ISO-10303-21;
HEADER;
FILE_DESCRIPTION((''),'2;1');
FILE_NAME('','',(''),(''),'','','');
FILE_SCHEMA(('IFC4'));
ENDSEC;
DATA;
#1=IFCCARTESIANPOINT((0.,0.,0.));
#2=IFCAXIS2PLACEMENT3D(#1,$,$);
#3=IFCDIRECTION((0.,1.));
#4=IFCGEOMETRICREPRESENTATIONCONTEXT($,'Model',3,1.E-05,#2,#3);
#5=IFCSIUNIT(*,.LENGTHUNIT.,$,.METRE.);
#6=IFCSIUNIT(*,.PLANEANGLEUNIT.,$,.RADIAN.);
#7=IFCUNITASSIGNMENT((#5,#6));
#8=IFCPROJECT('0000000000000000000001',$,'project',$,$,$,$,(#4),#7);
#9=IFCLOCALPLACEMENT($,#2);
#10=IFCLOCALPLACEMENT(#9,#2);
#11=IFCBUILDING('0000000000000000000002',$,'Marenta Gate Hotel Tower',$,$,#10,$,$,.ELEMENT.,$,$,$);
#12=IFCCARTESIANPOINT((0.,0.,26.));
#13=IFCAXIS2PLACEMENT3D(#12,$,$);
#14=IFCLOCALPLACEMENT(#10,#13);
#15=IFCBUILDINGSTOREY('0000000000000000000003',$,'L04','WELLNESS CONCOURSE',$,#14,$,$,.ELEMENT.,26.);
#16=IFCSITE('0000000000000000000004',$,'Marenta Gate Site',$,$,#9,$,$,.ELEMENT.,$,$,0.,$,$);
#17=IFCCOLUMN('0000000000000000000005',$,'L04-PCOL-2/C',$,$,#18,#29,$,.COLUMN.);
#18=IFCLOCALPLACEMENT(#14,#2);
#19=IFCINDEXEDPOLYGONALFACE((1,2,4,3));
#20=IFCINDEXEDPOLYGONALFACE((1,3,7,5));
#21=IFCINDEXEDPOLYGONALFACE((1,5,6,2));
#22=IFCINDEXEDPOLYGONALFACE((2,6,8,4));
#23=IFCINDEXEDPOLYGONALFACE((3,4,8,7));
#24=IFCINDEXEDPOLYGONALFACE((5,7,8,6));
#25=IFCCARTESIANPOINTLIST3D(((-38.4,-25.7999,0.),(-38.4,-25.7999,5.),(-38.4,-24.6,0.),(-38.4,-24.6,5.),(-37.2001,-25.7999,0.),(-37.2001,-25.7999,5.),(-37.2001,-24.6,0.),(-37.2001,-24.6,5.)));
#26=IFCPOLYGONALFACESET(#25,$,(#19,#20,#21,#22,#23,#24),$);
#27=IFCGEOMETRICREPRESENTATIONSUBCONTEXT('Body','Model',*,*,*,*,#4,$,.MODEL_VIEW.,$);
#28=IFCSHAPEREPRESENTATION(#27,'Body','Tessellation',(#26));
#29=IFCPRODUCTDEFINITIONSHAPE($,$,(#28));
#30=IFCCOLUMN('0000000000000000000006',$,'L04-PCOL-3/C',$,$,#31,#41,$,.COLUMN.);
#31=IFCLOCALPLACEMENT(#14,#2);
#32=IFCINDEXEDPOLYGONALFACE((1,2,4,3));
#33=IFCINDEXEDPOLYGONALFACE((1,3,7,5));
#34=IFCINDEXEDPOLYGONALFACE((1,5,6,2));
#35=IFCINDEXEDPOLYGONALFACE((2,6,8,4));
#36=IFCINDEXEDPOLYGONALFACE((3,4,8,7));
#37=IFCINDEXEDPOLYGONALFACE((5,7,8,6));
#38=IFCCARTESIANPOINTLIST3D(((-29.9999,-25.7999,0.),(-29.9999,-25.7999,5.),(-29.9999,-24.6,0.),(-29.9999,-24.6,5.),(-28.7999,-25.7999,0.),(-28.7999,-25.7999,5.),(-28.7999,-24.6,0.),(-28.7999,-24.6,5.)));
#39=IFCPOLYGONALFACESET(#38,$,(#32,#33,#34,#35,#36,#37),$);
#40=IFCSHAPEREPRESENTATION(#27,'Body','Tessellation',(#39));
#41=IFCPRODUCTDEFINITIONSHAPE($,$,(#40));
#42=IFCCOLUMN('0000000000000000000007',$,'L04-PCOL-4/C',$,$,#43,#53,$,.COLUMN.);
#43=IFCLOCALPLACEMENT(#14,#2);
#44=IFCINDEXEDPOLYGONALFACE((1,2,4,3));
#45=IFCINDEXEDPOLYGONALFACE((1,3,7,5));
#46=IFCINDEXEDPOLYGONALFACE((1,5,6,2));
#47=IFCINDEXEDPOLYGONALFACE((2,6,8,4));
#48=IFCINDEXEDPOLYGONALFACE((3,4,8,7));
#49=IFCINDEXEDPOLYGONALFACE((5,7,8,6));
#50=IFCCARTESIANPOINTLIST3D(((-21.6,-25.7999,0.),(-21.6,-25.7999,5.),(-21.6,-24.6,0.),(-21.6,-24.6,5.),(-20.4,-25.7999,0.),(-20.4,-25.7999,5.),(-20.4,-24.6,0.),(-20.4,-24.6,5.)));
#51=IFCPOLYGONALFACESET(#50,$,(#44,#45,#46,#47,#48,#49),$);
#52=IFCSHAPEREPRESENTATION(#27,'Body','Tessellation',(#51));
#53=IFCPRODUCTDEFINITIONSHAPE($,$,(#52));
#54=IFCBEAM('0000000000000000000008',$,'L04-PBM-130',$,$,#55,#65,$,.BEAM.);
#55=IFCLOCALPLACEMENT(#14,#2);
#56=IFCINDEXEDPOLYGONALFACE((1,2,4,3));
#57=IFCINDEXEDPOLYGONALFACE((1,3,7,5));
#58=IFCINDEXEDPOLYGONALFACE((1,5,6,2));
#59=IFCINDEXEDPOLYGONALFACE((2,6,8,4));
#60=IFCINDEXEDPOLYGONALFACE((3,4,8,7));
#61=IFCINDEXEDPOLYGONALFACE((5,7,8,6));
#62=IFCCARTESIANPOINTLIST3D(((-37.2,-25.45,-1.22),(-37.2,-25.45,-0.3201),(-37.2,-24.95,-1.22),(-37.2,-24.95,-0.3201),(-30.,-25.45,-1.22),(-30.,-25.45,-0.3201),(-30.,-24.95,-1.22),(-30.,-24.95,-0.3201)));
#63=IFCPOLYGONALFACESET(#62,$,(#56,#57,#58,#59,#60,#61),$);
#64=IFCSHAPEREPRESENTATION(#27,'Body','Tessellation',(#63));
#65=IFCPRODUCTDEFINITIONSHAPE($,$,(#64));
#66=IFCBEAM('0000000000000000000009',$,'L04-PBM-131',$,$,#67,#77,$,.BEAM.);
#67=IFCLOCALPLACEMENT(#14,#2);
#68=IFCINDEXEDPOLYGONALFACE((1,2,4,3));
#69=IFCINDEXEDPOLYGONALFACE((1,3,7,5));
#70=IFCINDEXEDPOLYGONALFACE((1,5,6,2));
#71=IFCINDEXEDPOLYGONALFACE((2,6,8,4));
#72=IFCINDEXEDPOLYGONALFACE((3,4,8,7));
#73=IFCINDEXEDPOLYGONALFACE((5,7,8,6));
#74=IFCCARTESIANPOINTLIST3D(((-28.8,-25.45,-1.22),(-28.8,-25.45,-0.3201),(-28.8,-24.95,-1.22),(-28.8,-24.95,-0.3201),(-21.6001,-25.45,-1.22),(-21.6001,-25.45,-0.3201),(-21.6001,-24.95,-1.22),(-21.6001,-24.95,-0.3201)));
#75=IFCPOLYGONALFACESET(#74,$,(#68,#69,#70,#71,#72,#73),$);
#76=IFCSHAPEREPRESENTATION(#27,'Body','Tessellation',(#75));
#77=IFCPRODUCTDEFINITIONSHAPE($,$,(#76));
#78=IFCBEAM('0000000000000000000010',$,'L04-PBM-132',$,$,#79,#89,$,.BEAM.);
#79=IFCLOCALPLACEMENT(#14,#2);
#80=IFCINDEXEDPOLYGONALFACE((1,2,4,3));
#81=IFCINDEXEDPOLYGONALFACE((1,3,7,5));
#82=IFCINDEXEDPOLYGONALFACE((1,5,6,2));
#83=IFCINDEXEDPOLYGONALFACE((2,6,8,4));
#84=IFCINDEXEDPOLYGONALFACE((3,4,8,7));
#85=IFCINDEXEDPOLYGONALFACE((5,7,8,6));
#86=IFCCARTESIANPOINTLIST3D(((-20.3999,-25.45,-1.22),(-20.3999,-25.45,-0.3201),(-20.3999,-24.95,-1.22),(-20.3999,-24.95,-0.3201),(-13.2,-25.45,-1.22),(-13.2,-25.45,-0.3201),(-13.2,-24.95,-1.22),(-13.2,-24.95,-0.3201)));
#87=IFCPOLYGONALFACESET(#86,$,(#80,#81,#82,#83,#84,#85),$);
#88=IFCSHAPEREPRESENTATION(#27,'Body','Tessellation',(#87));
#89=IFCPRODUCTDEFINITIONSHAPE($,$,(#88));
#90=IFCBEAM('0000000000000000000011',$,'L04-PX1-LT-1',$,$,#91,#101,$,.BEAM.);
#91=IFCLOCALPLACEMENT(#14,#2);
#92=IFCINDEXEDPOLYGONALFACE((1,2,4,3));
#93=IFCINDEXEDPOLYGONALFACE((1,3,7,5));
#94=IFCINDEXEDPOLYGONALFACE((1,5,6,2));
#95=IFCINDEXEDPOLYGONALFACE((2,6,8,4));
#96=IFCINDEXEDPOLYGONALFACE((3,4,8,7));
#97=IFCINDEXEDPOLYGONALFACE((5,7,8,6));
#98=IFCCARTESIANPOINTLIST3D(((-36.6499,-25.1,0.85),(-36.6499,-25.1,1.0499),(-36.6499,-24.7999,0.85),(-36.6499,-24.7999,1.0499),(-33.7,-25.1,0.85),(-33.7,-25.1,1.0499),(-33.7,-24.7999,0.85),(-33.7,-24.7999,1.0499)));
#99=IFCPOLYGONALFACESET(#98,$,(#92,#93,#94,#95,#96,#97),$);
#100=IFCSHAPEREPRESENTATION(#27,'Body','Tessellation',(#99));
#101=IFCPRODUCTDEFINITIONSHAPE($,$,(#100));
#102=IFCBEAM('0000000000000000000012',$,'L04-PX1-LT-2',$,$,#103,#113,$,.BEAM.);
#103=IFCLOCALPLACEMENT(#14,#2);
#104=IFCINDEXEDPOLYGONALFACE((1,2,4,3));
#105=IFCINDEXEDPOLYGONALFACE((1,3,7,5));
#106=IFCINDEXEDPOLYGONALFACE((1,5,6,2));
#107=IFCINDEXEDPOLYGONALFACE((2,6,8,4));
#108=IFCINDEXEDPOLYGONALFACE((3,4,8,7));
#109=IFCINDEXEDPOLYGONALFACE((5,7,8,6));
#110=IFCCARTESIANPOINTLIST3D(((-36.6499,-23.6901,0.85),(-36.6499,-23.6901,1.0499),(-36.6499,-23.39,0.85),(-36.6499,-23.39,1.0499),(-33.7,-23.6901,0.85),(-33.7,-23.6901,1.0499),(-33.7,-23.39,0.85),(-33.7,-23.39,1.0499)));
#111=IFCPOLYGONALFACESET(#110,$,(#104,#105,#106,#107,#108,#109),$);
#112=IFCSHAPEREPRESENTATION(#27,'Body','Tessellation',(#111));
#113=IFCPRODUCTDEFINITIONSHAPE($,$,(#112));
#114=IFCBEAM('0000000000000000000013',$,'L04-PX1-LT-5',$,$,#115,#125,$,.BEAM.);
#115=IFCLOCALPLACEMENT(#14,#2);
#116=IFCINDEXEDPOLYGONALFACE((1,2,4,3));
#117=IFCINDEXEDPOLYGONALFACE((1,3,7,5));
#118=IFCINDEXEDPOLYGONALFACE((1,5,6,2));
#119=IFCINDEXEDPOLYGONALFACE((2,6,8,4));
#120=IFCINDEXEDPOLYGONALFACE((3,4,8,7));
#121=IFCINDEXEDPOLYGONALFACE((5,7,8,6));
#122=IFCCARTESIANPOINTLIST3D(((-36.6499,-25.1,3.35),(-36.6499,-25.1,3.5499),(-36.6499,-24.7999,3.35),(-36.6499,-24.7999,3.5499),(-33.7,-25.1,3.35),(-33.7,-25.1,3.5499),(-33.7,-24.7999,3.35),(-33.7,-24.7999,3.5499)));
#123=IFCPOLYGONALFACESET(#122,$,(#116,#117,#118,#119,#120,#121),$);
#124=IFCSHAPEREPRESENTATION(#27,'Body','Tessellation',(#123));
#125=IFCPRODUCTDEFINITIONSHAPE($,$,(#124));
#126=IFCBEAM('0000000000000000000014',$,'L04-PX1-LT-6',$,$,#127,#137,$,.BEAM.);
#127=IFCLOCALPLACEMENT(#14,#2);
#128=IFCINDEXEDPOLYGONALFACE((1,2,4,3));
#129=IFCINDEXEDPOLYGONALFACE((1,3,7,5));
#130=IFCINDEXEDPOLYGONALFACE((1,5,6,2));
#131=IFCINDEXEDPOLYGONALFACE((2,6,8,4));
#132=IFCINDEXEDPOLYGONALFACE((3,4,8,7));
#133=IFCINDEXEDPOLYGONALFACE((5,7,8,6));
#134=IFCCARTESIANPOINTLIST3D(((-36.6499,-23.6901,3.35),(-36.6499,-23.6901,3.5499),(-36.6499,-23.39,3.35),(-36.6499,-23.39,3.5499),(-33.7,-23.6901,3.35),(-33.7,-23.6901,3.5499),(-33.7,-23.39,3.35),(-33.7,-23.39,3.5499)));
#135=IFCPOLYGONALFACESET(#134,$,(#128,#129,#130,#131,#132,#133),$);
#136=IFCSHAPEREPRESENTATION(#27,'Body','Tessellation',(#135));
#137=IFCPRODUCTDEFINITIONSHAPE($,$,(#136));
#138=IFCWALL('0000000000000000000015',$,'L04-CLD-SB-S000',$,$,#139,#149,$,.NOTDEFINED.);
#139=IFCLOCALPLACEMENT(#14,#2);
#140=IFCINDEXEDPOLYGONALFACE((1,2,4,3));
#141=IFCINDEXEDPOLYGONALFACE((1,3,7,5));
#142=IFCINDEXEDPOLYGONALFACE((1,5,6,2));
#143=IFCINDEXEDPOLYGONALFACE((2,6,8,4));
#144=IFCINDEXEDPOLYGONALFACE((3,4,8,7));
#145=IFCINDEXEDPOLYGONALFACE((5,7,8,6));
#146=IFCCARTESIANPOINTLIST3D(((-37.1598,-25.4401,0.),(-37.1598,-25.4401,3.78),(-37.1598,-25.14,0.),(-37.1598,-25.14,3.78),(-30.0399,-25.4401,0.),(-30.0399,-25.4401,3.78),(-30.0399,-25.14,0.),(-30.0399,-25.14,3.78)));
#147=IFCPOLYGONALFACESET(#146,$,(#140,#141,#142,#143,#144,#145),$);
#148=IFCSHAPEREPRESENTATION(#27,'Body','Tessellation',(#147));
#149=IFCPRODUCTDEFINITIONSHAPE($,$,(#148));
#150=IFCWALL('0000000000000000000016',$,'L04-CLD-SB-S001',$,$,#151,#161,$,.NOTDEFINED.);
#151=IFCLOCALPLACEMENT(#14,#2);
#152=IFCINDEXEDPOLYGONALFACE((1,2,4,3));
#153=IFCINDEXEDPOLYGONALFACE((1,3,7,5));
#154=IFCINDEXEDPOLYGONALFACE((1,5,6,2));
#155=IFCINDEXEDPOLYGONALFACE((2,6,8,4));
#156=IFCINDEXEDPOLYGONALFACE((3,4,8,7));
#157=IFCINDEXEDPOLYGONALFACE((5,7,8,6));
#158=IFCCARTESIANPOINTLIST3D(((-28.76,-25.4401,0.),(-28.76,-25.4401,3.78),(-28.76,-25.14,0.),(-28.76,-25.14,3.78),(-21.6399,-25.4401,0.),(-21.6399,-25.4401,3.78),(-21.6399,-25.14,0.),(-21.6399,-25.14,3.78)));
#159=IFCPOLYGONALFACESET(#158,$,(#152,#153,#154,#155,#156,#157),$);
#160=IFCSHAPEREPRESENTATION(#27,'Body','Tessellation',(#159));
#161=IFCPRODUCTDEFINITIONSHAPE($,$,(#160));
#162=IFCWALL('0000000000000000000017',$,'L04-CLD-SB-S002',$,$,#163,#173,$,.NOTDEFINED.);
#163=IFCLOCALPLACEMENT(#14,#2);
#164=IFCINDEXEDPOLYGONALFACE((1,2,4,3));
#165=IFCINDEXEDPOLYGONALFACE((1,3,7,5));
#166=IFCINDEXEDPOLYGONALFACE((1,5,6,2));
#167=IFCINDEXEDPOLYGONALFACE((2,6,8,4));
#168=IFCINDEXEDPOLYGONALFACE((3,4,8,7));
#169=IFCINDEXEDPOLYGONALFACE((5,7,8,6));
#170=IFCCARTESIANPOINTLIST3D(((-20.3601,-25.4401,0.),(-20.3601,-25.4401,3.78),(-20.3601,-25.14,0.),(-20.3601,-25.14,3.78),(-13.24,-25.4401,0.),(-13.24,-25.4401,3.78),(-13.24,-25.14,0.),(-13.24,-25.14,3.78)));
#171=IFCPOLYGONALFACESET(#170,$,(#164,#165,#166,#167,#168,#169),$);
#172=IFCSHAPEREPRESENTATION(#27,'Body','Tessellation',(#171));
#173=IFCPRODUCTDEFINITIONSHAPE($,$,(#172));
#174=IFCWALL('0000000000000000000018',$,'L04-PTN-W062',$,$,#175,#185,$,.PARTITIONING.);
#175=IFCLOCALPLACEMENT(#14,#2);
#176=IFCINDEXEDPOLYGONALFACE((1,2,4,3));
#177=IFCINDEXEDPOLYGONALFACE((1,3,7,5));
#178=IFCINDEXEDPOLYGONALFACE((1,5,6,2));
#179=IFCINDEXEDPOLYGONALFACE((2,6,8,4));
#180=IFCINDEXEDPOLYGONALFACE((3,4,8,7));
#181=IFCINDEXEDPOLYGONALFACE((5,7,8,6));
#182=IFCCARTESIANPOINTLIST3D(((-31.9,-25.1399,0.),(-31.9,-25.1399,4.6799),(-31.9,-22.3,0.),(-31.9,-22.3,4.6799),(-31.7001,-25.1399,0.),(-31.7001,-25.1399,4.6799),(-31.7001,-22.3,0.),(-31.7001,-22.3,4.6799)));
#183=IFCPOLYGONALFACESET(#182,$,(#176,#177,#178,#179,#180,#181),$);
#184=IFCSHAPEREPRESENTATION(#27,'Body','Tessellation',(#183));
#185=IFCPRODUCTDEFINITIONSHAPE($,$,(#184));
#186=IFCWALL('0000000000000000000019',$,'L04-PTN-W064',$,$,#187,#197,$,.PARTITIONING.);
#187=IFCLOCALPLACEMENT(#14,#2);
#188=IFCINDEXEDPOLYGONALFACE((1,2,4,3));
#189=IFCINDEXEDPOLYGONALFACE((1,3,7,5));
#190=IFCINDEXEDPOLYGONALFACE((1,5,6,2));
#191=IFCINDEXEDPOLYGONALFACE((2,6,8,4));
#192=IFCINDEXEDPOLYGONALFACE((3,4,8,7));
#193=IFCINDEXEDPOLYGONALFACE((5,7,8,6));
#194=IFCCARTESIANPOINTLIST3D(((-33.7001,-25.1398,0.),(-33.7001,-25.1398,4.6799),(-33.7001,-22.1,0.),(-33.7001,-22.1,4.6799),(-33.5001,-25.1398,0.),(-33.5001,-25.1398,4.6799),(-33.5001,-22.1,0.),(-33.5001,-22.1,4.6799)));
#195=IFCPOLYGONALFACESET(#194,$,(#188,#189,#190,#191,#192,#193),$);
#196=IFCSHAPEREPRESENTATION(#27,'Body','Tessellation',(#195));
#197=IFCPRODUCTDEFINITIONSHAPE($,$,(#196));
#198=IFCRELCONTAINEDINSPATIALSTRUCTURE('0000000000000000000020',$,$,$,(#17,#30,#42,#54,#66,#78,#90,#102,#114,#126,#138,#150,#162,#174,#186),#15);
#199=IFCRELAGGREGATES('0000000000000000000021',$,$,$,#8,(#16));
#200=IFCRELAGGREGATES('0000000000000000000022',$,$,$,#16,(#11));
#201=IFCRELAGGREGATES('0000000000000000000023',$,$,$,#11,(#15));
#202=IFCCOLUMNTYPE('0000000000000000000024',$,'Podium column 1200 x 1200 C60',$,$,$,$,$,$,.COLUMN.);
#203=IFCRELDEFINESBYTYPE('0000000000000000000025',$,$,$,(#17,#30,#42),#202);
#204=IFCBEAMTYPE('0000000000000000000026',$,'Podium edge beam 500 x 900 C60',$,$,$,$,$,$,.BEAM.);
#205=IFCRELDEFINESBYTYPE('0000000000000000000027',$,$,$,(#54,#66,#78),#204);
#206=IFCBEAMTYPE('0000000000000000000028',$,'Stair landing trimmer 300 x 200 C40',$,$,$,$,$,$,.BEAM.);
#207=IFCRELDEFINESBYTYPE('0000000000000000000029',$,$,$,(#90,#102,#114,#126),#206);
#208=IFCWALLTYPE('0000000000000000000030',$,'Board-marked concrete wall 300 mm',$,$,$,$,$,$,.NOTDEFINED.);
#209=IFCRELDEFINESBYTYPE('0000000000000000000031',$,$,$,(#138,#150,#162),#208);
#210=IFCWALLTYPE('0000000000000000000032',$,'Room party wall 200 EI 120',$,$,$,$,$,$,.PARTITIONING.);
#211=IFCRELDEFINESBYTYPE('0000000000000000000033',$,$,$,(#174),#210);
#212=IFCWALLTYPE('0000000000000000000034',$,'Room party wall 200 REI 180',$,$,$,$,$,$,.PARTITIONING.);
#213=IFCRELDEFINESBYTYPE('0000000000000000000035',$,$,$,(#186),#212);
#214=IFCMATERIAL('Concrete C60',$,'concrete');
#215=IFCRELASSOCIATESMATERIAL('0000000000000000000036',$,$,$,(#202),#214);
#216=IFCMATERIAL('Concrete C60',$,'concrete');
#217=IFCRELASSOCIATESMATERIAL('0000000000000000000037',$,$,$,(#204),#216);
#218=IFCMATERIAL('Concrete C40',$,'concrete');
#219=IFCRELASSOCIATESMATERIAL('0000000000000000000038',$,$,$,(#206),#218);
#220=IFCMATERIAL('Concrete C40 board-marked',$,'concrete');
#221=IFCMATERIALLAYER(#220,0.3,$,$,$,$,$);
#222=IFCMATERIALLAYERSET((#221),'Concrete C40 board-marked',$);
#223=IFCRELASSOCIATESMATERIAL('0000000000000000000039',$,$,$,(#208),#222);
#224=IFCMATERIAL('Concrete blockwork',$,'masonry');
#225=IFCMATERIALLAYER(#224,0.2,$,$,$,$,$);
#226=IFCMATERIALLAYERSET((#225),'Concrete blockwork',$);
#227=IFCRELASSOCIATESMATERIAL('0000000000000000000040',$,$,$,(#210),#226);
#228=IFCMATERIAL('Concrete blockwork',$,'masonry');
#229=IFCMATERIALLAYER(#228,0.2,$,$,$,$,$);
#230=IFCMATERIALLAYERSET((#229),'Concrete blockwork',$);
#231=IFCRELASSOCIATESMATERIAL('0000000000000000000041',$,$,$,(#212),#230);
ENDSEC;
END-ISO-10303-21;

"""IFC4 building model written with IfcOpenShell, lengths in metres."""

from ifc_helpers import new_model, si_unit, direction, frame, frame_2d, origin, origin_2d, place, context, subcontext, project, spatial, rectangle, extrude, material, layer, layer_set, material_profile, profile_set, type_object, element, save


model = new_model("IFC4")

# Units and contexts
model_context = context("Model", 3, precision=1e-05, world=origin(), true_north=direction((0.0, 1.0)))
body_context = subcontext(model_context, "Body", "Model", "MODEL_VIEW")
ifc_project = project(units=[si_unit("LENGTHUNIT", "METRE"), si_unit("PLANEANGLEUNIT", "RADIAN")], contexts=[model_context])

# Site, building, storey
site_placement = place(None, origin())
site = spatial("IfcSite", under=ifc_project, at=site_placement, Name="Marenta Gate Site", CompositionType="ELEMENT", RefElevation=0.0)
building_placement = place(site_placement, origin())
building = spatial("IfcBuilding", under=site, at=building_placement, Name="Marenta Gate Hotel Tower", CompositionType="ELEMENT")
storey_placement = place(building_placement, frame((0.0, 0.0, 26.0)))
storey = spatial("IfcBuildingStorey", under=building, at=storey_placement, Name="L04", Description="WELLNESS CONCOURSE", CompositionType="ELEMENT", Elevation=26.0)

# Columns
ifc_material_1 = material(Name="Concrete C60", Category="concrete")
ifc_material_profile_1 = material_profile(ifc_material_1, rectangle(XDim=1.2, YDim=1.2, at=origin_2d()), Name="1200 x 1200")
ifc_profile_set_1 = profile_set([ifc_material_profile_1], Name="Concrete C60")
column_type = type_object("IfcColumnType", Name="Podium column 1200 x 1200 C60", PredefinedType="COLUMN", material=ifc_profile_set_1)
for number, where, z_axis, x_axis, name in (
    (1, (-37.8, -25.2, 0.0), (0.0, 0.0, 1.0), (1.0, 0.0, 0.0), "L04-PCOL-2/C"),
    (2, (-29.3999, -25.2, 0.0), (0.0, 0.0, 1.0), (1.0, 0.0, 0.0), "L04-PCOL-3/C"),
    (3, (-21.0, -25.2, 0.0), (0.0, 0.0, 1.0), (1.0, 0.0, 0.0), "L04-PCOL-4/C"),
):
    element("IfcColumn", number, at=place(storey_placement, frame(where, z_axis=z_axis, x_axis=x_axis)), inside=storey, type_object=column_type, Name=name, PredefinedType="COLUMN", context=body_context, shape_type="SweptSolid", body=[
        extrude(rectangle(XDim=1.2, YDim=1.2, at=origin_2d()), origin(), (0.0, 0.0, 1.0), 5.0),
    ])

# Beams
ifc_material_2 = material(Name="Concrete C60", Category="concrete")
ifc_material_profile_2 = material_profile(ifc_material_2, rectangle(XDim=0.5, YDim=0.8999, at=origin_2d()), Name="500 x 900")
ifc_profile_set_2 = profile_set([ifc_material_profile_2], Name="Concrete C60")
beam_type_1 = type_object("IfcBeamType", Name="Podium edge beam 500 x 900 C60", PredefinedType="BEAM", material=ifc_profile_set_2)
for number, where, z_axis, x_axis, name in (
    (4, (-37.2, -25.2, -0.77), (1.0, 0.0, 0.0), (0.0, 1.0, 0.0), "L04-PBM-130"),
    (5, (-28.8, -25.2, -0.77), (1.0, 0.0, 0.0), (0.0, 1.0, 0.0), "L04-PBM-131"),
    (6, (-20.3999, -25.2, -0.77), (1.0, 0.0, 0.0), (0.0, 1.0, 0.0), "L04-PBM-132"),
):
    element("IfcBeam", number, at=place(storey_placement, frame(where, z_axis=z_axis, x_axis=x_axis)), inside=storey, type_object=beam_type_1, Name=name, PredefinedType="BEAM", context=body_context, shape_type="SweptSolid", body=[
        extrude(rectangle(XDim=0.5, YDim=0.8999, at=origin_2d()), origin(), (0.0, 0.0, 1.0), 7.2),
    ])
ifc_material_3 = material(Name="Concrete C40", Category="concrete")
ifc_material_profile_3 = material_profile(ifc_material_3, rectangle(XDim=0.3, YDim=0.2, at=origin_2d()), Name="300 x 200")
ifc_profile_set_3 = profile_set([ifc_material_profile_3], Name="Concrete C40")
beam_type_2 = type_object("IfcBeamType", Name="Stair landing trimmer 300 x 200 C40", PredefinedType="BEAM", material=ifc_profile_set_3)
for number, where, z_axis, x_axis, name in (
    (7, (-36.6499, -24.95, 0.95), (1.0, 0.0, 0.0), (0.0, 1.0, 0.0), "L04-PX1-LT-1"),
    (8, (-36.6499, -23.54, 0.95), (1.0, 0.0, 0.0), (0.0, 1.0, 0.0), "L04-PX1-LT-2"),
    (9, (-36.6499, -24.95, 3.45), (1.0, 0.0, 0.0), (0.0, 1.0, 0.0), "L04-PX1-LT-5"),
    (10, (-36.6499, -23.54, 3.45), (1.0, 0.0, 0.0), (0.0, 1.0, 0.0), "L04-PX1-LT-6"),
):
    element("IfcBeam", number, at=place(storey_placement, frame(where, z_axis=z_axis, x_axis=x_axis)), inside=storey, type_object=beam_type_2, Name=name, PredefinedType="BEAM", context=body_context, shape_type="SweptSolid", body=[
        extrude(rectangle(XDim=0.3, YDim=0.2, at=origin_2d()), origin(), (0.0, 0.0, 1.0), 2.95),
    ])

# Walls
ifc_material_4 = material(Name="Concrete C40 board-marked", Category="concrete")
ifc_layer_1 = layer(ifc_material_4, 0.3)
ifc_layer_set_1 = layer_set([ifc_layer_1], Name="Concrete C40 board-marked")
wall_type_1 = type_object("IfcWallType", Name="Board-marked concrete wall 300 mm", PredefinedType="NOTDEFINED", material=ifc_layer_set_1)
wall_1_placement = place(storey_placement, frame((-37.1599, -25.29, 0.0), z_axis=(0.0, 0.0, 1.0), x_axis=(1.0, 0.0, 0.0)))
element("IfcWall", 11, at=wall_1_placement, inside=storey, type_object=wall_type_1, Name="L04-CLD-SB-S000", PredefinedType="NOTDEFINED", context=body_context, shape_type="SweptSolid", body=[
    extrude(rectangle(XDim=7.1199, YDim=0.3, at=frame_2d((3.5601, 0.0))), origin(), (0.0, 0.0, 1.0), 3.78),
])
for number, where, z_axis, x_axis, name in (
    (12, (-28.76, -25.29, 0.0), (0.0, 0.0, 1.0), (1.0, 0.0, 0.0), "L04-CLD-SB-S001"),
    (13, (-20.3601, -25.29, 0.0), (0.0, 0.0, 1.0), (1.0, 0.0, 0.0), "L04-CLD-SB-S002"),
):
    element("IfcWall", number, at=place(storey_placement, frame(where, z_axis=z_axis, x_axis=x_axis)), inside=storey, type_object=wall_type_1, Name=name, PredefinedType="NOTDEFINED", context=body_context, shape_type="SweptSolid", body=[
        extrude(rectangle(XDim=7.1201, YDim=0.3, at=frame_2d((3.5601, 0.0))), origin(), (0.0, 0.0, 1.0), 3.78),
    ])

# Walls
ifc_material_5 = material(Name="Concrete blockwork", Category="masonry")
ifc_layer_2 = layer(ifc_material_5, 0.2)
ifc_layer_set_2 = layer_set([ifc_layer_2], Name="Concrete blockwork")
wall_type_2 = type_object("IfcWallType", Name="Room party wall 200 EI 120", PredefinedType="PARTITIONING", material=ifc_layer_set_2)
wall_2_placement = place(storey_placement, frame((-31.8, -25.1399, 0.0), z_axis=(0.0, 0.0, 1.0), x_axis=(0.0, 1.0, 0.0)))
element("IfcWall", 14, at=wall_2_placement, inside=storey, type_object=wall_type_2, Name="L04-PTN-W062", PredefinedType="PARTITIONING", context=body_context, shape_type="SweptSolid", body=[
    extrude(rectangle(XDim=2.8398, YDim=0.2, at=frame_2d((1.4199, 0.0))), origin(), (0.0, 0.0, 1.0), 4.6799),
])
ifc_material_6 = material(Name="Concrete blockwork", Category="masonry")
ifc_layer_3 = layer(ifc_material_6, 0.2)
ifc_layer_set_3 = layer_set([ifc_layer_3], Name="Concrete blockwork")
wall_type_3 = type_object("IfcWallType", Name="Room party wall 200 REI 180", PredefinedType="PARTITIONING", material=ifc_layer_set_3)
wall_3_placement = place(storey_placement, frame((-33.6001, -25.1399, 0.0), z_axis=(0.0, 0.0, 1.0), x_axis=(0.0, 1.0, 0.0)))
element("IfcWall", 15, at=wall_3_placement, inside=storey, type_object=wall_type_3, Name="L04-PTN-W064", PredefinedType="PARTITIONING", context=body_context, shape_type="SweptSolid", body=[
    extrude(rectangle(XDim=3.0398, YDim=0.2, at=frame_2d((1.52, 0.0))), origin(), (0.0, 0.0, 1.0), 4.6799),
])

save(model, "model.ifc")
